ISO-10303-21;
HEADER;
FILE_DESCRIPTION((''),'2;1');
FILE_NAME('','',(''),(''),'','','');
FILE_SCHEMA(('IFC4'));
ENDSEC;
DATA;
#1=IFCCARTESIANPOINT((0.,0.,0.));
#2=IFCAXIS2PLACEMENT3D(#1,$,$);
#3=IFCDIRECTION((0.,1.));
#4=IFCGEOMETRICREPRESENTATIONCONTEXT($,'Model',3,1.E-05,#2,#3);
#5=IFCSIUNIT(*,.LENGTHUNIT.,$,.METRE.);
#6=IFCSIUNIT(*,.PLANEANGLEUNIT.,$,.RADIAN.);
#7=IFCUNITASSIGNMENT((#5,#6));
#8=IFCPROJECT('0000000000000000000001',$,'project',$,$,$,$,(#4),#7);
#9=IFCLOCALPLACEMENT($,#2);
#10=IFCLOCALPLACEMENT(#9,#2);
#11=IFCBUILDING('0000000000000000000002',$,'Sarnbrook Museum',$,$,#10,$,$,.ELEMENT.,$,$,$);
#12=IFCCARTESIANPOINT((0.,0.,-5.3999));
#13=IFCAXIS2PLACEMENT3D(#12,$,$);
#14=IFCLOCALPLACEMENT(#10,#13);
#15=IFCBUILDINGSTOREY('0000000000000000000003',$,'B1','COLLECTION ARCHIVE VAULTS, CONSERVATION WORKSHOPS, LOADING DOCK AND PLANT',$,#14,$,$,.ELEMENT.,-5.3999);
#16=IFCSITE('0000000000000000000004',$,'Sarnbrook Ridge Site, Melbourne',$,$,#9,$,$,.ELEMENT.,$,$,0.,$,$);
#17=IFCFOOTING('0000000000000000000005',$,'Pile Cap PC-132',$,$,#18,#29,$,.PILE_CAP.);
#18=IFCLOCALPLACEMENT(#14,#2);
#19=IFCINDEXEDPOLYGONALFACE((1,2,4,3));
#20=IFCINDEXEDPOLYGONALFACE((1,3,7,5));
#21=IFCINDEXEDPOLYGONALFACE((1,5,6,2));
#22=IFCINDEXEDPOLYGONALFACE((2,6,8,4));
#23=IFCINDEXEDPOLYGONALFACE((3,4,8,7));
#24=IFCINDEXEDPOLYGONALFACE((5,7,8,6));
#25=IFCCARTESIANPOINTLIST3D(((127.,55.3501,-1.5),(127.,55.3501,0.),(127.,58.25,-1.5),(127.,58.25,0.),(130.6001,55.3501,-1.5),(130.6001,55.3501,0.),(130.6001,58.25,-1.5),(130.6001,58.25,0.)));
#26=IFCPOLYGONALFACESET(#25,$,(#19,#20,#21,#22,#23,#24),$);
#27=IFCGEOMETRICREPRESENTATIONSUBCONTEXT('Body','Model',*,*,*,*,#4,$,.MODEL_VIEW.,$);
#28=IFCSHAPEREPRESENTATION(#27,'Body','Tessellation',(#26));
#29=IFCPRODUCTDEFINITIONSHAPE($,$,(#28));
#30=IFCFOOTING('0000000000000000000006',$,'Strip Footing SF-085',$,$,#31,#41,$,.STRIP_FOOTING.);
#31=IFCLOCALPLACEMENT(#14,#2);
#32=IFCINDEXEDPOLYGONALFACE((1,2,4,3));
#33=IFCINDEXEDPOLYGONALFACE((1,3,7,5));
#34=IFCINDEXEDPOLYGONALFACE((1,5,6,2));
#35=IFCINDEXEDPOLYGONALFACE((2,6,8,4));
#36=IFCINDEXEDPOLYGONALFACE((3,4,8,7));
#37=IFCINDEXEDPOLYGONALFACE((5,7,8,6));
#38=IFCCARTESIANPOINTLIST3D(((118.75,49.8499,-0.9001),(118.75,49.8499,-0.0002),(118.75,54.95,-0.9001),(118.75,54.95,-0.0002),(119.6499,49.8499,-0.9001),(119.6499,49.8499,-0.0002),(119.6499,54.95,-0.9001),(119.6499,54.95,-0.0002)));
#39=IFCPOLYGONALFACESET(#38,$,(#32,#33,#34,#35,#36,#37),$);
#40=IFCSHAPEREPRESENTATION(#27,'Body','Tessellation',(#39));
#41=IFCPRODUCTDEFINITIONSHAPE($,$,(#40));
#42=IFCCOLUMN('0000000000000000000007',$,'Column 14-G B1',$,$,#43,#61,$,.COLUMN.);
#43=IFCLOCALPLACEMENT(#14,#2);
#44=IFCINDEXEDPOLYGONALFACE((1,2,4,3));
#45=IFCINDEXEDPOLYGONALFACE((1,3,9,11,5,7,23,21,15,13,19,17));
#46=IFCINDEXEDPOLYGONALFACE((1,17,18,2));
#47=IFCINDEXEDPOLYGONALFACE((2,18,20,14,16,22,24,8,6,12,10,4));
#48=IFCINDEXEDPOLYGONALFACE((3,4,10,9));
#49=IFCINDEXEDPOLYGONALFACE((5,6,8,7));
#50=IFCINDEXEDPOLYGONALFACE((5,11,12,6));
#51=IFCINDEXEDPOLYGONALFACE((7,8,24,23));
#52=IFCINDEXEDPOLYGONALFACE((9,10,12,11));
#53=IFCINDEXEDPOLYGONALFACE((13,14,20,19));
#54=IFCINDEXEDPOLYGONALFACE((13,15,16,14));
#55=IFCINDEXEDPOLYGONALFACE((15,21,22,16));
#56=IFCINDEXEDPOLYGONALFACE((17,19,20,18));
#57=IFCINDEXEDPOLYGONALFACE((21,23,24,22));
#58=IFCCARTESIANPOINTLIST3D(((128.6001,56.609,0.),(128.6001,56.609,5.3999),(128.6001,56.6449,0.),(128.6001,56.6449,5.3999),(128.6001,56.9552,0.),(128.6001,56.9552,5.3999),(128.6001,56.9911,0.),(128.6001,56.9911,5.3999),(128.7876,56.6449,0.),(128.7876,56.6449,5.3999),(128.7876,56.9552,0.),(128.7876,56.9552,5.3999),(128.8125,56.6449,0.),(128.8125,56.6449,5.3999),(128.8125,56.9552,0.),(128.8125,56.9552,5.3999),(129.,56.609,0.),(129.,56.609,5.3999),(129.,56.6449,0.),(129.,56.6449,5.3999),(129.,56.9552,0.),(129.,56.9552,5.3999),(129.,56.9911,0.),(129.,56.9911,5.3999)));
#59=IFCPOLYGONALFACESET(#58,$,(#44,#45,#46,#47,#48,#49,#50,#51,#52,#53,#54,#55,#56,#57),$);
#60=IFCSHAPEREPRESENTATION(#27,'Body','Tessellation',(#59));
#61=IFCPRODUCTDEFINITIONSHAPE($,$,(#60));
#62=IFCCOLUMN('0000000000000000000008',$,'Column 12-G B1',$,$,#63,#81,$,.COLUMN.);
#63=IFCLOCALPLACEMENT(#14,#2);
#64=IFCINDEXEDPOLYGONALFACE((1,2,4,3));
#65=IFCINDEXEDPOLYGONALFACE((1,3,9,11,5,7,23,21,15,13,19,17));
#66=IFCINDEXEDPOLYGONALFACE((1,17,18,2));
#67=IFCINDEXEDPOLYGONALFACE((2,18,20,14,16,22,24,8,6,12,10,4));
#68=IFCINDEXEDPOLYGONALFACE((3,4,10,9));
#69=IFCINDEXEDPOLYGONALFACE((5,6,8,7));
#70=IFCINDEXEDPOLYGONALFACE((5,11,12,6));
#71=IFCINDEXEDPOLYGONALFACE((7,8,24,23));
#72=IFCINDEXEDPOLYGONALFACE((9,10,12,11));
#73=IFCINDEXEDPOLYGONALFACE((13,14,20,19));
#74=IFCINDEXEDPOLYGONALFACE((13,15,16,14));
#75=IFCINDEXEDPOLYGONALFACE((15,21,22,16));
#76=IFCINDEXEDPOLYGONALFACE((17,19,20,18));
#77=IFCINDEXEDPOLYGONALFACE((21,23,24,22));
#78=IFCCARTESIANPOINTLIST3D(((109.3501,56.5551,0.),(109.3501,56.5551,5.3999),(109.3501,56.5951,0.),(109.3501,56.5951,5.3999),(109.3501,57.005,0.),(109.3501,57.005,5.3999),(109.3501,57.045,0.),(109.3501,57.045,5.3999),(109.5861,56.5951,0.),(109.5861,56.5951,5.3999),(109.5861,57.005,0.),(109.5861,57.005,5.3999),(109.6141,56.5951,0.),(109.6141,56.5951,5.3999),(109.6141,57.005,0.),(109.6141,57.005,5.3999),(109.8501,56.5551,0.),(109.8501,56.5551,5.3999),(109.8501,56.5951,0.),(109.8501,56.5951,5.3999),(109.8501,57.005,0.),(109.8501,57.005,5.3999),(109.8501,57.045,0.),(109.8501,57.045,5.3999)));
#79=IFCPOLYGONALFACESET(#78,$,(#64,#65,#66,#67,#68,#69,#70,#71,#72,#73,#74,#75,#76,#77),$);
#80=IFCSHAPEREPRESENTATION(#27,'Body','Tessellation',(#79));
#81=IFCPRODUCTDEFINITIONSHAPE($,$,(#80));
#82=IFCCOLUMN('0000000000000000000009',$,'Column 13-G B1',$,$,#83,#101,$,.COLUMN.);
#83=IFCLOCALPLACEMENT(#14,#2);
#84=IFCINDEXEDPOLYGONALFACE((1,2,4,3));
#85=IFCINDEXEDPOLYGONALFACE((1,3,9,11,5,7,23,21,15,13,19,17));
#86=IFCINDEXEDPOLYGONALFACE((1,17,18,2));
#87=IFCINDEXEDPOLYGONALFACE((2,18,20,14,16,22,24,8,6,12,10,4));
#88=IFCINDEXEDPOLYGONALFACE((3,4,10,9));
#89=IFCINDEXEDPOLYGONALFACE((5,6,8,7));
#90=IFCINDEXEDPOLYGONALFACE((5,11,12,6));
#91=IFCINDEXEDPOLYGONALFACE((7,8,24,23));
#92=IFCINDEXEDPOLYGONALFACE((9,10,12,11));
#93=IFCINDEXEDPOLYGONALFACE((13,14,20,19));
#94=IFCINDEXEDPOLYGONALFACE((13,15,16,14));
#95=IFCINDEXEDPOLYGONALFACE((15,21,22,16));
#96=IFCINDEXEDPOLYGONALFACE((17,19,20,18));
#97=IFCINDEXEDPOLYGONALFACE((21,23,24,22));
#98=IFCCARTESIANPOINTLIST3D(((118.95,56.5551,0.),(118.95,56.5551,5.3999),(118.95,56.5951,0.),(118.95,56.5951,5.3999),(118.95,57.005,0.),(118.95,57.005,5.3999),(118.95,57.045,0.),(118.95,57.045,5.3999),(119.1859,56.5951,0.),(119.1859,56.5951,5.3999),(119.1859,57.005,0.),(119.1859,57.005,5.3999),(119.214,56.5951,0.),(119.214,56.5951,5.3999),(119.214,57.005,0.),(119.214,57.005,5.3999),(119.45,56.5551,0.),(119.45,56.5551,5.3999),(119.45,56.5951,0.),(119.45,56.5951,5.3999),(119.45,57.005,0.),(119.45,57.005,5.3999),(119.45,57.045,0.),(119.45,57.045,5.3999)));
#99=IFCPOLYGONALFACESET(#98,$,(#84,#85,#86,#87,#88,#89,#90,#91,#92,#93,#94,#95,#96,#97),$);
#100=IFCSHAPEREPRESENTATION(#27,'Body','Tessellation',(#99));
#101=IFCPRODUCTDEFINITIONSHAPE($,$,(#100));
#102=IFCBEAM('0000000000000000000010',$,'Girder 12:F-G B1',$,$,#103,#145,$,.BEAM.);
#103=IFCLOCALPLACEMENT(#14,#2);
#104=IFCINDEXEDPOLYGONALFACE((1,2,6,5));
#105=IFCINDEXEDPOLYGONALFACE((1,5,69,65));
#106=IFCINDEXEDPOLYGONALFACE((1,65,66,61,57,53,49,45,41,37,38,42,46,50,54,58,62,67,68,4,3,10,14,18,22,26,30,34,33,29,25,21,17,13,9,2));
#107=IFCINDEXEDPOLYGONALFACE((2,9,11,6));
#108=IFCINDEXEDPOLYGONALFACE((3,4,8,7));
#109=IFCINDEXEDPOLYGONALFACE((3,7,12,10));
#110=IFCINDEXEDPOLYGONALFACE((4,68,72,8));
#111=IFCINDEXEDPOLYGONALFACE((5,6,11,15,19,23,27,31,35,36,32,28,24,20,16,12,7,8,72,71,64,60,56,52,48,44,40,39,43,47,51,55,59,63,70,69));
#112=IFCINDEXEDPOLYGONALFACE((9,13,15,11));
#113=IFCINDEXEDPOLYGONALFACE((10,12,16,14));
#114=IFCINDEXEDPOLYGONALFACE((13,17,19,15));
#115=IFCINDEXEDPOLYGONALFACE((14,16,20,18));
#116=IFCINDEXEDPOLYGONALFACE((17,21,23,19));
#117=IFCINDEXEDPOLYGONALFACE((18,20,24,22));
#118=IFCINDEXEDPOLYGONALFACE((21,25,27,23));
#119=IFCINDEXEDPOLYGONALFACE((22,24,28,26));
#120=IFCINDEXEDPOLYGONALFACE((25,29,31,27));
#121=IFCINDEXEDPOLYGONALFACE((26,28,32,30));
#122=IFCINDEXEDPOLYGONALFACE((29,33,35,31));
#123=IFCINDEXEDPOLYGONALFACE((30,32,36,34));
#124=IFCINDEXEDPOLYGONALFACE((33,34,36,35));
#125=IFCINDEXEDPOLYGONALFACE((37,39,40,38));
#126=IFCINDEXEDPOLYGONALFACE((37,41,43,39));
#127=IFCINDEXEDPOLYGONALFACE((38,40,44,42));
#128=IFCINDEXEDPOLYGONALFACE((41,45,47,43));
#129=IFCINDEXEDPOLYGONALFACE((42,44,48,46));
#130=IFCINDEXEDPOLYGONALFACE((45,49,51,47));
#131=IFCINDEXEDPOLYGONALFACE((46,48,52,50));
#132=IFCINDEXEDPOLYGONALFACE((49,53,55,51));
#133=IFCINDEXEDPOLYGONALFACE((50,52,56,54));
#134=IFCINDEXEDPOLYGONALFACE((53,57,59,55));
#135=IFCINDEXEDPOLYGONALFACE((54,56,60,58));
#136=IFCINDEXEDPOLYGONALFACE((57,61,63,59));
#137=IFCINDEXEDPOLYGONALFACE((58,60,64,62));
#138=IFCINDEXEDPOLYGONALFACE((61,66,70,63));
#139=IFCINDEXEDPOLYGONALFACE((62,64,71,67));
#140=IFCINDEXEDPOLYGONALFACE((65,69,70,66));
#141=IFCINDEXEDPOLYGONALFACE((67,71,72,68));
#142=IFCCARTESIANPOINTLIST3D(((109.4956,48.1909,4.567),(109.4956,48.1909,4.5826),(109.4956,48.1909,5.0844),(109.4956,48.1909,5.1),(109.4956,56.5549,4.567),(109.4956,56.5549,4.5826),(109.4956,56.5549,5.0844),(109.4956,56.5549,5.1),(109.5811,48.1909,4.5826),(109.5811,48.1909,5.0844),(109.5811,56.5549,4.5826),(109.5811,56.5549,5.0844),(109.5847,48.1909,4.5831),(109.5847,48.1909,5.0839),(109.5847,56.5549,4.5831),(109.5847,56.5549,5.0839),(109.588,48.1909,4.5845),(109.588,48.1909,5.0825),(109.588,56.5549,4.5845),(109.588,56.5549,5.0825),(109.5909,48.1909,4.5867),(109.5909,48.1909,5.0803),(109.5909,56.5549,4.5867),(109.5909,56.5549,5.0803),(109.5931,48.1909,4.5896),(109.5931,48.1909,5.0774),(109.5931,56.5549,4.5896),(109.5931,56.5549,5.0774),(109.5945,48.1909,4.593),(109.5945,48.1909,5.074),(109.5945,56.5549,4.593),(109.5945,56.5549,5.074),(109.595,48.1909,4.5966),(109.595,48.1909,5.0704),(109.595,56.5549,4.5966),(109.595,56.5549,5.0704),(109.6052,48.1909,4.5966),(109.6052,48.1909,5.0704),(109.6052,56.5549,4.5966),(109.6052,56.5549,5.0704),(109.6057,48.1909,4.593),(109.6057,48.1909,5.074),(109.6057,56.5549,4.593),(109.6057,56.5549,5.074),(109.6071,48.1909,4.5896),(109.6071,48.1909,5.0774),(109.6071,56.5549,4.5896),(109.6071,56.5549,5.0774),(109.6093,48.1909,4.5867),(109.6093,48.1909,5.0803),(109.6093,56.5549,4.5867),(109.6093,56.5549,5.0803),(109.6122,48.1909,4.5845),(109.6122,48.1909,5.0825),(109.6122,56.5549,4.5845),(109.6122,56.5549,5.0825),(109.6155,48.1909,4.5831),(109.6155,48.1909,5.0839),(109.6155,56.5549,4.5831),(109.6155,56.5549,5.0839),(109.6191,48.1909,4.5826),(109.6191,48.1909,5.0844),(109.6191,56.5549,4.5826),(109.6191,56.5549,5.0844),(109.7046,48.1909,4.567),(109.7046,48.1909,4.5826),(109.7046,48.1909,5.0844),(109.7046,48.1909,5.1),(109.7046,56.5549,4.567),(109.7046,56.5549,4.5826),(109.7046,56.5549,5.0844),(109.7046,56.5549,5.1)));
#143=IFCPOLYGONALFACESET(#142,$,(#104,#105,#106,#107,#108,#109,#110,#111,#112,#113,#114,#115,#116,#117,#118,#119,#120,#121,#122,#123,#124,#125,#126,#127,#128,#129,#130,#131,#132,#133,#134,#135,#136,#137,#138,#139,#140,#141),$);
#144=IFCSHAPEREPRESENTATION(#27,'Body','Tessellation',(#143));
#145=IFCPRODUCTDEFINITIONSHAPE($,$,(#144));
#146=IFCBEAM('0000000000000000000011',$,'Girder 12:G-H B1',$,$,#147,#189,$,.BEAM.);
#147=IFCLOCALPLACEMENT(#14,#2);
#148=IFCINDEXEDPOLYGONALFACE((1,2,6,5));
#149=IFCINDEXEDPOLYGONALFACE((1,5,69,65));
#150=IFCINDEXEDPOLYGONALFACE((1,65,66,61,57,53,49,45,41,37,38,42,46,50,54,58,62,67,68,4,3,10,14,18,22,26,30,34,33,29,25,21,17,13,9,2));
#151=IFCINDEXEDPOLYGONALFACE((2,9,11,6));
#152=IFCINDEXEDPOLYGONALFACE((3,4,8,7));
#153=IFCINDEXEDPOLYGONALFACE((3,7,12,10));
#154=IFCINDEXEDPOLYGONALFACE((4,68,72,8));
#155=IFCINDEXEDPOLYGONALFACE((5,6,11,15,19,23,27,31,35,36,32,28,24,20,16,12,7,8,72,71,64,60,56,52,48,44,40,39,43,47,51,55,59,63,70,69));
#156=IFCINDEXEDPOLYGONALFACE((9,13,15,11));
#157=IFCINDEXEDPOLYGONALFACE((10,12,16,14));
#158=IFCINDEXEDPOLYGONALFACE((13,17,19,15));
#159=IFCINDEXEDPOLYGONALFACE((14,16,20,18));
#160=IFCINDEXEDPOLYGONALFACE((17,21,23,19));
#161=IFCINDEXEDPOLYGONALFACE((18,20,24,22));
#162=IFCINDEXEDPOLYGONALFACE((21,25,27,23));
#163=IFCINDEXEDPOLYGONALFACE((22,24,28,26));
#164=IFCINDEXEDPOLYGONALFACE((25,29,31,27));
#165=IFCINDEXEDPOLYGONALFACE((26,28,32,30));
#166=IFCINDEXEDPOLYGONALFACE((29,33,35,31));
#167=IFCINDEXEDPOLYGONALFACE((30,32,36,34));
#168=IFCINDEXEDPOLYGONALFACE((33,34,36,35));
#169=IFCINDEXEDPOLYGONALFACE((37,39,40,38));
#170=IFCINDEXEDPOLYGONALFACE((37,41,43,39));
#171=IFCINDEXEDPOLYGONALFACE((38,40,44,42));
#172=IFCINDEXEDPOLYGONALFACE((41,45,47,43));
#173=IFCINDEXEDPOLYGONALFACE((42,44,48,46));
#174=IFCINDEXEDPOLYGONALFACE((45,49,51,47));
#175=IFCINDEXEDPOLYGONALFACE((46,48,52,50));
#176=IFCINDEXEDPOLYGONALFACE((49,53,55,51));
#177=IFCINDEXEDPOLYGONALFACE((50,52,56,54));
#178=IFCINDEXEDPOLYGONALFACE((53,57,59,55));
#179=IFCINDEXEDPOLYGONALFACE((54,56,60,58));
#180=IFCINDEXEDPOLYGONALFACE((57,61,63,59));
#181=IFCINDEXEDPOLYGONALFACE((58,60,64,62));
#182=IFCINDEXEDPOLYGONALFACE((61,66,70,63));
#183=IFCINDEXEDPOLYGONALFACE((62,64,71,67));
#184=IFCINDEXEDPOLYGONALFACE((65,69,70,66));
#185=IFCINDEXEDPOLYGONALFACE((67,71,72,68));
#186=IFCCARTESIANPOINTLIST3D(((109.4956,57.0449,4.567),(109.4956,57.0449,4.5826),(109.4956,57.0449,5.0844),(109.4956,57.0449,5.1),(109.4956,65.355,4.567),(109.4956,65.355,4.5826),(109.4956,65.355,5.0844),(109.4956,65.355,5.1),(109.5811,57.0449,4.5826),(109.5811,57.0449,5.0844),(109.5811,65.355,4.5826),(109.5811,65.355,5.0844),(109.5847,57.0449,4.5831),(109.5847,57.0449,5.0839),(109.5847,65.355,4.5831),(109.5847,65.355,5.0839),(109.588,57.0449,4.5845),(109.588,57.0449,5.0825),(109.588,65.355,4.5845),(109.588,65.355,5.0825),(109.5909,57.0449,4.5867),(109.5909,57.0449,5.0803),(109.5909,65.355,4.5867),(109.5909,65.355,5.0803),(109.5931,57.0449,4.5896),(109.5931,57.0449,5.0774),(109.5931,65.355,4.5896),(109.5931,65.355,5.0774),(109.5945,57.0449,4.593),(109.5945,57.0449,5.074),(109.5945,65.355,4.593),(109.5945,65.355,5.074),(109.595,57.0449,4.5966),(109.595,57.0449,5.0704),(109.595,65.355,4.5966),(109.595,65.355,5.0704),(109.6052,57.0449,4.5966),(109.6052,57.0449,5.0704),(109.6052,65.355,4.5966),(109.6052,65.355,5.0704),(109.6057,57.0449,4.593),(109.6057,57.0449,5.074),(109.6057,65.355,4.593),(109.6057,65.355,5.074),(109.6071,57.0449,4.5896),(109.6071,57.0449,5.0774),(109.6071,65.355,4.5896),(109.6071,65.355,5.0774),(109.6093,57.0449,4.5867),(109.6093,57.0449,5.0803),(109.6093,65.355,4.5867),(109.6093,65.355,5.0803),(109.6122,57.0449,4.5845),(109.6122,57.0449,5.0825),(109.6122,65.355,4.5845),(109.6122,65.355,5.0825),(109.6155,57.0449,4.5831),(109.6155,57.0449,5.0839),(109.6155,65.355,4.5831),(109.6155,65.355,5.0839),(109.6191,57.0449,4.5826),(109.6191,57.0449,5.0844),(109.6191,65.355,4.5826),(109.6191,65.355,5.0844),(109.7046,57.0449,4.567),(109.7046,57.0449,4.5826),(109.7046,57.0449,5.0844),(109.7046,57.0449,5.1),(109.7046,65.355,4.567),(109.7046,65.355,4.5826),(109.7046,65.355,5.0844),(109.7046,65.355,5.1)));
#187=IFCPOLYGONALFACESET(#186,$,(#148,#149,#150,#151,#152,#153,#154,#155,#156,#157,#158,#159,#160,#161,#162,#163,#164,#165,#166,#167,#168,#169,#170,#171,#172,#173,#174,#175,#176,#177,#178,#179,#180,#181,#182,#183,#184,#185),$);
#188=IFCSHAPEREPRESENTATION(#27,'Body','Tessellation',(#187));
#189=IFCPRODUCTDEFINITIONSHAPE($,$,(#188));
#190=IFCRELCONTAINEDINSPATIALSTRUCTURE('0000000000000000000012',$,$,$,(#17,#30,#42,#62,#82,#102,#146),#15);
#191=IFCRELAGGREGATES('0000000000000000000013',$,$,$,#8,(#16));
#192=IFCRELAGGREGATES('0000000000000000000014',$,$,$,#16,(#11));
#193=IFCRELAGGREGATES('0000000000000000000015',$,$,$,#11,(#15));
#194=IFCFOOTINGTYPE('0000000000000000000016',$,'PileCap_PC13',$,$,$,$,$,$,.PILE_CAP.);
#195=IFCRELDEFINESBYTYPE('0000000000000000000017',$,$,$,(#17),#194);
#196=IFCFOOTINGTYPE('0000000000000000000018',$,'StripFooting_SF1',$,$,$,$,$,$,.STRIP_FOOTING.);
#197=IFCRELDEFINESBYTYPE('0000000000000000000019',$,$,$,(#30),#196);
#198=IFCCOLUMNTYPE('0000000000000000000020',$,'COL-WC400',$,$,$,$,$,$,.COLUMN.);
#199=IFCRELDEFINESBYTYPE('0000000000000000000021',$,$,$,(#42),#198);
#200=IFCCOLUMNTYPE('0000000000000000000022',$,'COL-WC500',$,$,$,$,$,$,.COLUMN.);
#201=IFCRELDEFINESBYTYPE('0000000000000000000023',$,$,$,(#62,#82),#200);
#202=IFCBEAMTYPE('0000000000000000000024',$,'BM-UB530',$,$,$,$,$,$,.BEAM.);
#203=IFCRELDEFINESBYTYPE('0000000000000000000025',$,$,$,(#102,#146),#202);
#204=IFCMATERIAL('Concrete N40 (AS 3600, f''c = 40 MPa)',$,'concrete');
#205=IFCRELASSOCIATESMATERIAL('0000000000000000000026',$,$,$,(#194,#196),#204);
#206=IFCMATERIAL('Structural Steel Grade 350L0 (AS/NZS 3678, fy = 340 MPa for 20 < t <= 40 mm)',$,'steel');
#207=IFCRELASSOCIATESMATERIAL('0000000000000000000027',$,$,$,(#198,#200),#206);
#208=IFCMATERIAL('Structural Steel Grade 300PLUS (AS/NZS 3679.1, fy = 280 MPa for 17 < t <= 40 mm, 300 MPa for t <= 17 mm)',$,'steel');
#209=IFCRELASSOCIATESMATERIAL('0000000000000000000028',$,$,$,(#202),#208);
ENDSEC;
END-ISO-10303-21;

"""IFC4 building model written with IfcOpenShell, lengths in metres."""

from ifc_helpers import new_model, si_unit, direction, frame, origin, origin_2d, place, context, subcontext, project, spatial, rectangle, i_section, extrude, material, material_profile, profile_set, type_object, element, save


model = new_model("IFC4")

# Units and contexts
model_context = context("Model", 3, precision=1e-05, world=origin(), true_north=direction((0.0, 1.0)))
body_context = subcontext(model_context, "Body", "Model", "MODEL_VIEW")
ifc_project = project(units=[si_unit("LENGTHUNIT", "METRE"), si_unit("PLANEANGLEUNIT", "RADIAN")], contexts=[model_context])

# Site, building, storey
site_placement = place(None, origin())
site = spatial("IfcSite", under=ifc_project, at=site_placement, Name="Sarnbrook Ridge Site, Melbourne", CompositionType="ELEMENT", RefElevation=0.0)
building_placement = place(site_placement, origin())
building = spatial("IfcBuilding", under=site, at=building_placement, Name="Sarnbrook Museum", CompositionType="ELEMENT")
storey_placement = place(building_placement, frame((0.0, 0.0, -5.3999)))
storey = spatial("IfcBuildingStorey", under=building, at=storey_placement, Name="B1", Description="COLLECTION ARCHIVE VAULTS, CONSERVATION WORKSHOPS, LOADING DOCK AND PLANT", CompositionType="ELEMENT", Elevation=-5.3999)

# Footings
ifc_material_1 = material(Name="Concrete N40 (AS 3600, f'c = 40 MPa)", Category="concrete")
footing_type_1 = type_object("IfcFootingType", Name="PileCap_PC13", PredefinedType="PILE_CAP", material=ifc_material_1)
footing_1_placement = place(storey_placement, frame((128.8, 56.8, -1.5), z_axis=(0.0, 0.0, 1.0), x_axis=(1.0, 0.0, 0.0)))
element("IfcFooting", 1, at=footing_1_placement, inside=storey, type_object=footing_type_1, Name="Pile Cap PC-132", PredefinedType="PILE_CAP", context=body_context, shape_type="SweptSolid", body=[
    extrude(rectangle(XDim=3.6001, YDim=2.8999, at=origin_2d()), origin(), (0.0, 0.0, 1.0), 1.5),
])
footing_type_2 = type_object("IfcFootingType", Name="StripFooting_SF1", PredefinedType="STRIP_FOOTING", material=ifc_material_1)
footing_2_placement = place(storey_placement, frame((119.2, 52.3999, -0.9001), z_axis=(0.0, 0.0, 1.0), x_axis=(1.0, 0.0, 0.0)))
element("IfcFooting", 2, at=footing_2_placement, inside=storey, type_object=footing_type_2, Name="Strip Footing SF-085", PredefinedType="STRIP_FOOTING", context=body_context, shape_type="SweptSolid", body=[
    extrude(rectangle(XDim=0.8999, YDim=5.1001, at=origin_2d()), origin(), (0.0, 0.0, 1.0), 0.8999),
])

# Columns
ifc_material_2 = material(Name="Structural Steel Grade 350L0 (AS/NZS 3678, fy = 340 MPa for 20 < t <= 40 mm)", Category="steel")
ifc_material_profile_1 = material_profile(ifc_material_2, i_section(OverallWidth=0.3999, OverallDepth=0.3821, WebThickness=0.0249, FlangeThickness=0.0359, at=origin_2d()), Name="400WC270")
ifc_profile_set_1 = profile_set([ifc_material_profile_1], Name="Structural Steel Grade 350L0 (AS/NZS 3678, fy = 340 MPa for 20 < t <= 40 mm)")
column_type_1 = type_object("IfcColumnType", Name="COL-WC400", PredefinedType="COLUMN", material=ifc_profile_set_1)
column_placement = place(storey_placement, frame((128.8, 56.8, 0.0), z_axis=(0.0, 0.0, 1.0), x_axis=(1.0, 0.0, 0.0)))
element("IfcColumn", 3, at=column_placement, inside=storey, type_object=column_type_1, Name="Column 14-G B1", PredefinedType="COLUMN", context=body_context, shape_type="SweptSolid", body=[
    extrude(i_section(OverallWidth=0.3999, OverallDepth=0.3821, WebThickness=0.0249, FlangeThickness=0.0359, at=origin_2d()), origin(), (0.0, 0.0, 1.0), 5.3999),
])
ifc_material_profile_2 = material_profile(ifc_material_2, i_section(OverallWidth=0.5, OverallDepth=0.49, WebThickness=0.0281, FlangeThickness=0.04, at=origin_2d()), Name="500WC340")
ifc_profile_set_2 = profile_set([ifc_material_profile_2], Name="Structural Steel Grade 350L0 (AS/NZS 3678, fy = 340 MPa for 20 < t <= 40 mm)")
column_type_2 = type_object("IfcColumnType", Name="COL-WC500", PredefinedType="COLUMN", material=ifc_profile_set_2)
for number, where, z_axis, x_axis, name in (
    (4, (109.6001, 56.8, 0.0), (0.0, 0.0, 1.0), (1.0, 0.0, 0.0), "Column 12-G B1"),
    (5, (119.2, 56.8, 0.0), (0.0, 0.0, 1.0), (1.0, 0.0, 0.0), "Column 13-G B1"),
):
    element("IfcColumn", number, at=place(storey_placement, frame(where, z_axis=z_axis, x_axis=x_axis)), inside=storey, type_object=column_type_2, Name=name, PredefinedType="COLUMN", context=body_context, shape_type="SweptSolid", body=[
        extrude(i_section(OverallWidth=0.5, OverallDepth=0.49, WebThickness=0.0281, FlangeThickness=0.04, at=origin_2d()), origin(), (0.0, 0.0, 1.0), 5.3999),
    ])

# Beams
ifc_material_3 = material(Name="Structural Steel Grade 300PLUS (AS/NZS 3679.1, fy = 280 MPa for 17 < t <= 40 mm, 300 MPa for t <= 17 mm)", Category="steel")
ifc_material_profile_3 = material_profile(ifc_material_3, i_section(OverallWidth=0.209, OverallDepth=0.533, WebThickness=0.0103, FlangeThickness=0.0156, FilletRadius=0.0139, at=origin_2d()), Name="530UB92.4")
ifc_profile_set_3 = profile_set([ifc_material_profile_3], Name="Structural Steel Grade 300PLUS (AS/NZS 3679.1, fy = 280 MPa for 17 < t <= 40 mm, 300 MPa for t <= 17 mm)")
beam_type_1 = type_object("IfcBeamType", Name="BM-UB530", PredefinedType="BEAM", material=ifc_profile_set_3)
beam_1_placement = place(storey_placement, frame((109.6001, 48.1909, 4.8335), z_axis=(0.0, 1.0, 0.0), x_axis=(-1.0, 0.0, 0.0)))
element("IfcBeam", 6, at=beam_1_placement, inside=storey, type_object=beam_type_1, Name="Girder 12:F-G B1", PredefinedType="BEAM", context=body_context, shape_type="SweptSolid", body=[
    extrude(i_section(OverallWidth=0.209, OverallDepth=0.533, WebThickness=0.0103, FlangeThickness=0.0156, FilletRadius=0.0139, at=origin_2d()), origin(), (0.0, 0.0, 1.0), 8.364),
])
beam_2_placement = place(storey_placement, frame((109.6001, 57.0449, 4.8335), z_axis=(0.0, 1.0, 0.0), x_axis=(-1.0, 0.0, 0.0)))
element("IfcBeam", 7, at=beam_2_placement, inside=storey, type_object=beam_type_1, Name="Girder 12:G-H B1", PredefinedType="BEAM", context=body_context, shape_type="SweptSolid", body=[
    extrude(i_section(OverallWidth=0.209, OverallDepth=0.533, WebThickness=0.0103, FlangeThickness=0.0156, FilletRadius=0.0139, at=origin_2d()), origin(), (0.0, 0.0, 1.0), 8.3101),
])

save(model, "model.ifc")
